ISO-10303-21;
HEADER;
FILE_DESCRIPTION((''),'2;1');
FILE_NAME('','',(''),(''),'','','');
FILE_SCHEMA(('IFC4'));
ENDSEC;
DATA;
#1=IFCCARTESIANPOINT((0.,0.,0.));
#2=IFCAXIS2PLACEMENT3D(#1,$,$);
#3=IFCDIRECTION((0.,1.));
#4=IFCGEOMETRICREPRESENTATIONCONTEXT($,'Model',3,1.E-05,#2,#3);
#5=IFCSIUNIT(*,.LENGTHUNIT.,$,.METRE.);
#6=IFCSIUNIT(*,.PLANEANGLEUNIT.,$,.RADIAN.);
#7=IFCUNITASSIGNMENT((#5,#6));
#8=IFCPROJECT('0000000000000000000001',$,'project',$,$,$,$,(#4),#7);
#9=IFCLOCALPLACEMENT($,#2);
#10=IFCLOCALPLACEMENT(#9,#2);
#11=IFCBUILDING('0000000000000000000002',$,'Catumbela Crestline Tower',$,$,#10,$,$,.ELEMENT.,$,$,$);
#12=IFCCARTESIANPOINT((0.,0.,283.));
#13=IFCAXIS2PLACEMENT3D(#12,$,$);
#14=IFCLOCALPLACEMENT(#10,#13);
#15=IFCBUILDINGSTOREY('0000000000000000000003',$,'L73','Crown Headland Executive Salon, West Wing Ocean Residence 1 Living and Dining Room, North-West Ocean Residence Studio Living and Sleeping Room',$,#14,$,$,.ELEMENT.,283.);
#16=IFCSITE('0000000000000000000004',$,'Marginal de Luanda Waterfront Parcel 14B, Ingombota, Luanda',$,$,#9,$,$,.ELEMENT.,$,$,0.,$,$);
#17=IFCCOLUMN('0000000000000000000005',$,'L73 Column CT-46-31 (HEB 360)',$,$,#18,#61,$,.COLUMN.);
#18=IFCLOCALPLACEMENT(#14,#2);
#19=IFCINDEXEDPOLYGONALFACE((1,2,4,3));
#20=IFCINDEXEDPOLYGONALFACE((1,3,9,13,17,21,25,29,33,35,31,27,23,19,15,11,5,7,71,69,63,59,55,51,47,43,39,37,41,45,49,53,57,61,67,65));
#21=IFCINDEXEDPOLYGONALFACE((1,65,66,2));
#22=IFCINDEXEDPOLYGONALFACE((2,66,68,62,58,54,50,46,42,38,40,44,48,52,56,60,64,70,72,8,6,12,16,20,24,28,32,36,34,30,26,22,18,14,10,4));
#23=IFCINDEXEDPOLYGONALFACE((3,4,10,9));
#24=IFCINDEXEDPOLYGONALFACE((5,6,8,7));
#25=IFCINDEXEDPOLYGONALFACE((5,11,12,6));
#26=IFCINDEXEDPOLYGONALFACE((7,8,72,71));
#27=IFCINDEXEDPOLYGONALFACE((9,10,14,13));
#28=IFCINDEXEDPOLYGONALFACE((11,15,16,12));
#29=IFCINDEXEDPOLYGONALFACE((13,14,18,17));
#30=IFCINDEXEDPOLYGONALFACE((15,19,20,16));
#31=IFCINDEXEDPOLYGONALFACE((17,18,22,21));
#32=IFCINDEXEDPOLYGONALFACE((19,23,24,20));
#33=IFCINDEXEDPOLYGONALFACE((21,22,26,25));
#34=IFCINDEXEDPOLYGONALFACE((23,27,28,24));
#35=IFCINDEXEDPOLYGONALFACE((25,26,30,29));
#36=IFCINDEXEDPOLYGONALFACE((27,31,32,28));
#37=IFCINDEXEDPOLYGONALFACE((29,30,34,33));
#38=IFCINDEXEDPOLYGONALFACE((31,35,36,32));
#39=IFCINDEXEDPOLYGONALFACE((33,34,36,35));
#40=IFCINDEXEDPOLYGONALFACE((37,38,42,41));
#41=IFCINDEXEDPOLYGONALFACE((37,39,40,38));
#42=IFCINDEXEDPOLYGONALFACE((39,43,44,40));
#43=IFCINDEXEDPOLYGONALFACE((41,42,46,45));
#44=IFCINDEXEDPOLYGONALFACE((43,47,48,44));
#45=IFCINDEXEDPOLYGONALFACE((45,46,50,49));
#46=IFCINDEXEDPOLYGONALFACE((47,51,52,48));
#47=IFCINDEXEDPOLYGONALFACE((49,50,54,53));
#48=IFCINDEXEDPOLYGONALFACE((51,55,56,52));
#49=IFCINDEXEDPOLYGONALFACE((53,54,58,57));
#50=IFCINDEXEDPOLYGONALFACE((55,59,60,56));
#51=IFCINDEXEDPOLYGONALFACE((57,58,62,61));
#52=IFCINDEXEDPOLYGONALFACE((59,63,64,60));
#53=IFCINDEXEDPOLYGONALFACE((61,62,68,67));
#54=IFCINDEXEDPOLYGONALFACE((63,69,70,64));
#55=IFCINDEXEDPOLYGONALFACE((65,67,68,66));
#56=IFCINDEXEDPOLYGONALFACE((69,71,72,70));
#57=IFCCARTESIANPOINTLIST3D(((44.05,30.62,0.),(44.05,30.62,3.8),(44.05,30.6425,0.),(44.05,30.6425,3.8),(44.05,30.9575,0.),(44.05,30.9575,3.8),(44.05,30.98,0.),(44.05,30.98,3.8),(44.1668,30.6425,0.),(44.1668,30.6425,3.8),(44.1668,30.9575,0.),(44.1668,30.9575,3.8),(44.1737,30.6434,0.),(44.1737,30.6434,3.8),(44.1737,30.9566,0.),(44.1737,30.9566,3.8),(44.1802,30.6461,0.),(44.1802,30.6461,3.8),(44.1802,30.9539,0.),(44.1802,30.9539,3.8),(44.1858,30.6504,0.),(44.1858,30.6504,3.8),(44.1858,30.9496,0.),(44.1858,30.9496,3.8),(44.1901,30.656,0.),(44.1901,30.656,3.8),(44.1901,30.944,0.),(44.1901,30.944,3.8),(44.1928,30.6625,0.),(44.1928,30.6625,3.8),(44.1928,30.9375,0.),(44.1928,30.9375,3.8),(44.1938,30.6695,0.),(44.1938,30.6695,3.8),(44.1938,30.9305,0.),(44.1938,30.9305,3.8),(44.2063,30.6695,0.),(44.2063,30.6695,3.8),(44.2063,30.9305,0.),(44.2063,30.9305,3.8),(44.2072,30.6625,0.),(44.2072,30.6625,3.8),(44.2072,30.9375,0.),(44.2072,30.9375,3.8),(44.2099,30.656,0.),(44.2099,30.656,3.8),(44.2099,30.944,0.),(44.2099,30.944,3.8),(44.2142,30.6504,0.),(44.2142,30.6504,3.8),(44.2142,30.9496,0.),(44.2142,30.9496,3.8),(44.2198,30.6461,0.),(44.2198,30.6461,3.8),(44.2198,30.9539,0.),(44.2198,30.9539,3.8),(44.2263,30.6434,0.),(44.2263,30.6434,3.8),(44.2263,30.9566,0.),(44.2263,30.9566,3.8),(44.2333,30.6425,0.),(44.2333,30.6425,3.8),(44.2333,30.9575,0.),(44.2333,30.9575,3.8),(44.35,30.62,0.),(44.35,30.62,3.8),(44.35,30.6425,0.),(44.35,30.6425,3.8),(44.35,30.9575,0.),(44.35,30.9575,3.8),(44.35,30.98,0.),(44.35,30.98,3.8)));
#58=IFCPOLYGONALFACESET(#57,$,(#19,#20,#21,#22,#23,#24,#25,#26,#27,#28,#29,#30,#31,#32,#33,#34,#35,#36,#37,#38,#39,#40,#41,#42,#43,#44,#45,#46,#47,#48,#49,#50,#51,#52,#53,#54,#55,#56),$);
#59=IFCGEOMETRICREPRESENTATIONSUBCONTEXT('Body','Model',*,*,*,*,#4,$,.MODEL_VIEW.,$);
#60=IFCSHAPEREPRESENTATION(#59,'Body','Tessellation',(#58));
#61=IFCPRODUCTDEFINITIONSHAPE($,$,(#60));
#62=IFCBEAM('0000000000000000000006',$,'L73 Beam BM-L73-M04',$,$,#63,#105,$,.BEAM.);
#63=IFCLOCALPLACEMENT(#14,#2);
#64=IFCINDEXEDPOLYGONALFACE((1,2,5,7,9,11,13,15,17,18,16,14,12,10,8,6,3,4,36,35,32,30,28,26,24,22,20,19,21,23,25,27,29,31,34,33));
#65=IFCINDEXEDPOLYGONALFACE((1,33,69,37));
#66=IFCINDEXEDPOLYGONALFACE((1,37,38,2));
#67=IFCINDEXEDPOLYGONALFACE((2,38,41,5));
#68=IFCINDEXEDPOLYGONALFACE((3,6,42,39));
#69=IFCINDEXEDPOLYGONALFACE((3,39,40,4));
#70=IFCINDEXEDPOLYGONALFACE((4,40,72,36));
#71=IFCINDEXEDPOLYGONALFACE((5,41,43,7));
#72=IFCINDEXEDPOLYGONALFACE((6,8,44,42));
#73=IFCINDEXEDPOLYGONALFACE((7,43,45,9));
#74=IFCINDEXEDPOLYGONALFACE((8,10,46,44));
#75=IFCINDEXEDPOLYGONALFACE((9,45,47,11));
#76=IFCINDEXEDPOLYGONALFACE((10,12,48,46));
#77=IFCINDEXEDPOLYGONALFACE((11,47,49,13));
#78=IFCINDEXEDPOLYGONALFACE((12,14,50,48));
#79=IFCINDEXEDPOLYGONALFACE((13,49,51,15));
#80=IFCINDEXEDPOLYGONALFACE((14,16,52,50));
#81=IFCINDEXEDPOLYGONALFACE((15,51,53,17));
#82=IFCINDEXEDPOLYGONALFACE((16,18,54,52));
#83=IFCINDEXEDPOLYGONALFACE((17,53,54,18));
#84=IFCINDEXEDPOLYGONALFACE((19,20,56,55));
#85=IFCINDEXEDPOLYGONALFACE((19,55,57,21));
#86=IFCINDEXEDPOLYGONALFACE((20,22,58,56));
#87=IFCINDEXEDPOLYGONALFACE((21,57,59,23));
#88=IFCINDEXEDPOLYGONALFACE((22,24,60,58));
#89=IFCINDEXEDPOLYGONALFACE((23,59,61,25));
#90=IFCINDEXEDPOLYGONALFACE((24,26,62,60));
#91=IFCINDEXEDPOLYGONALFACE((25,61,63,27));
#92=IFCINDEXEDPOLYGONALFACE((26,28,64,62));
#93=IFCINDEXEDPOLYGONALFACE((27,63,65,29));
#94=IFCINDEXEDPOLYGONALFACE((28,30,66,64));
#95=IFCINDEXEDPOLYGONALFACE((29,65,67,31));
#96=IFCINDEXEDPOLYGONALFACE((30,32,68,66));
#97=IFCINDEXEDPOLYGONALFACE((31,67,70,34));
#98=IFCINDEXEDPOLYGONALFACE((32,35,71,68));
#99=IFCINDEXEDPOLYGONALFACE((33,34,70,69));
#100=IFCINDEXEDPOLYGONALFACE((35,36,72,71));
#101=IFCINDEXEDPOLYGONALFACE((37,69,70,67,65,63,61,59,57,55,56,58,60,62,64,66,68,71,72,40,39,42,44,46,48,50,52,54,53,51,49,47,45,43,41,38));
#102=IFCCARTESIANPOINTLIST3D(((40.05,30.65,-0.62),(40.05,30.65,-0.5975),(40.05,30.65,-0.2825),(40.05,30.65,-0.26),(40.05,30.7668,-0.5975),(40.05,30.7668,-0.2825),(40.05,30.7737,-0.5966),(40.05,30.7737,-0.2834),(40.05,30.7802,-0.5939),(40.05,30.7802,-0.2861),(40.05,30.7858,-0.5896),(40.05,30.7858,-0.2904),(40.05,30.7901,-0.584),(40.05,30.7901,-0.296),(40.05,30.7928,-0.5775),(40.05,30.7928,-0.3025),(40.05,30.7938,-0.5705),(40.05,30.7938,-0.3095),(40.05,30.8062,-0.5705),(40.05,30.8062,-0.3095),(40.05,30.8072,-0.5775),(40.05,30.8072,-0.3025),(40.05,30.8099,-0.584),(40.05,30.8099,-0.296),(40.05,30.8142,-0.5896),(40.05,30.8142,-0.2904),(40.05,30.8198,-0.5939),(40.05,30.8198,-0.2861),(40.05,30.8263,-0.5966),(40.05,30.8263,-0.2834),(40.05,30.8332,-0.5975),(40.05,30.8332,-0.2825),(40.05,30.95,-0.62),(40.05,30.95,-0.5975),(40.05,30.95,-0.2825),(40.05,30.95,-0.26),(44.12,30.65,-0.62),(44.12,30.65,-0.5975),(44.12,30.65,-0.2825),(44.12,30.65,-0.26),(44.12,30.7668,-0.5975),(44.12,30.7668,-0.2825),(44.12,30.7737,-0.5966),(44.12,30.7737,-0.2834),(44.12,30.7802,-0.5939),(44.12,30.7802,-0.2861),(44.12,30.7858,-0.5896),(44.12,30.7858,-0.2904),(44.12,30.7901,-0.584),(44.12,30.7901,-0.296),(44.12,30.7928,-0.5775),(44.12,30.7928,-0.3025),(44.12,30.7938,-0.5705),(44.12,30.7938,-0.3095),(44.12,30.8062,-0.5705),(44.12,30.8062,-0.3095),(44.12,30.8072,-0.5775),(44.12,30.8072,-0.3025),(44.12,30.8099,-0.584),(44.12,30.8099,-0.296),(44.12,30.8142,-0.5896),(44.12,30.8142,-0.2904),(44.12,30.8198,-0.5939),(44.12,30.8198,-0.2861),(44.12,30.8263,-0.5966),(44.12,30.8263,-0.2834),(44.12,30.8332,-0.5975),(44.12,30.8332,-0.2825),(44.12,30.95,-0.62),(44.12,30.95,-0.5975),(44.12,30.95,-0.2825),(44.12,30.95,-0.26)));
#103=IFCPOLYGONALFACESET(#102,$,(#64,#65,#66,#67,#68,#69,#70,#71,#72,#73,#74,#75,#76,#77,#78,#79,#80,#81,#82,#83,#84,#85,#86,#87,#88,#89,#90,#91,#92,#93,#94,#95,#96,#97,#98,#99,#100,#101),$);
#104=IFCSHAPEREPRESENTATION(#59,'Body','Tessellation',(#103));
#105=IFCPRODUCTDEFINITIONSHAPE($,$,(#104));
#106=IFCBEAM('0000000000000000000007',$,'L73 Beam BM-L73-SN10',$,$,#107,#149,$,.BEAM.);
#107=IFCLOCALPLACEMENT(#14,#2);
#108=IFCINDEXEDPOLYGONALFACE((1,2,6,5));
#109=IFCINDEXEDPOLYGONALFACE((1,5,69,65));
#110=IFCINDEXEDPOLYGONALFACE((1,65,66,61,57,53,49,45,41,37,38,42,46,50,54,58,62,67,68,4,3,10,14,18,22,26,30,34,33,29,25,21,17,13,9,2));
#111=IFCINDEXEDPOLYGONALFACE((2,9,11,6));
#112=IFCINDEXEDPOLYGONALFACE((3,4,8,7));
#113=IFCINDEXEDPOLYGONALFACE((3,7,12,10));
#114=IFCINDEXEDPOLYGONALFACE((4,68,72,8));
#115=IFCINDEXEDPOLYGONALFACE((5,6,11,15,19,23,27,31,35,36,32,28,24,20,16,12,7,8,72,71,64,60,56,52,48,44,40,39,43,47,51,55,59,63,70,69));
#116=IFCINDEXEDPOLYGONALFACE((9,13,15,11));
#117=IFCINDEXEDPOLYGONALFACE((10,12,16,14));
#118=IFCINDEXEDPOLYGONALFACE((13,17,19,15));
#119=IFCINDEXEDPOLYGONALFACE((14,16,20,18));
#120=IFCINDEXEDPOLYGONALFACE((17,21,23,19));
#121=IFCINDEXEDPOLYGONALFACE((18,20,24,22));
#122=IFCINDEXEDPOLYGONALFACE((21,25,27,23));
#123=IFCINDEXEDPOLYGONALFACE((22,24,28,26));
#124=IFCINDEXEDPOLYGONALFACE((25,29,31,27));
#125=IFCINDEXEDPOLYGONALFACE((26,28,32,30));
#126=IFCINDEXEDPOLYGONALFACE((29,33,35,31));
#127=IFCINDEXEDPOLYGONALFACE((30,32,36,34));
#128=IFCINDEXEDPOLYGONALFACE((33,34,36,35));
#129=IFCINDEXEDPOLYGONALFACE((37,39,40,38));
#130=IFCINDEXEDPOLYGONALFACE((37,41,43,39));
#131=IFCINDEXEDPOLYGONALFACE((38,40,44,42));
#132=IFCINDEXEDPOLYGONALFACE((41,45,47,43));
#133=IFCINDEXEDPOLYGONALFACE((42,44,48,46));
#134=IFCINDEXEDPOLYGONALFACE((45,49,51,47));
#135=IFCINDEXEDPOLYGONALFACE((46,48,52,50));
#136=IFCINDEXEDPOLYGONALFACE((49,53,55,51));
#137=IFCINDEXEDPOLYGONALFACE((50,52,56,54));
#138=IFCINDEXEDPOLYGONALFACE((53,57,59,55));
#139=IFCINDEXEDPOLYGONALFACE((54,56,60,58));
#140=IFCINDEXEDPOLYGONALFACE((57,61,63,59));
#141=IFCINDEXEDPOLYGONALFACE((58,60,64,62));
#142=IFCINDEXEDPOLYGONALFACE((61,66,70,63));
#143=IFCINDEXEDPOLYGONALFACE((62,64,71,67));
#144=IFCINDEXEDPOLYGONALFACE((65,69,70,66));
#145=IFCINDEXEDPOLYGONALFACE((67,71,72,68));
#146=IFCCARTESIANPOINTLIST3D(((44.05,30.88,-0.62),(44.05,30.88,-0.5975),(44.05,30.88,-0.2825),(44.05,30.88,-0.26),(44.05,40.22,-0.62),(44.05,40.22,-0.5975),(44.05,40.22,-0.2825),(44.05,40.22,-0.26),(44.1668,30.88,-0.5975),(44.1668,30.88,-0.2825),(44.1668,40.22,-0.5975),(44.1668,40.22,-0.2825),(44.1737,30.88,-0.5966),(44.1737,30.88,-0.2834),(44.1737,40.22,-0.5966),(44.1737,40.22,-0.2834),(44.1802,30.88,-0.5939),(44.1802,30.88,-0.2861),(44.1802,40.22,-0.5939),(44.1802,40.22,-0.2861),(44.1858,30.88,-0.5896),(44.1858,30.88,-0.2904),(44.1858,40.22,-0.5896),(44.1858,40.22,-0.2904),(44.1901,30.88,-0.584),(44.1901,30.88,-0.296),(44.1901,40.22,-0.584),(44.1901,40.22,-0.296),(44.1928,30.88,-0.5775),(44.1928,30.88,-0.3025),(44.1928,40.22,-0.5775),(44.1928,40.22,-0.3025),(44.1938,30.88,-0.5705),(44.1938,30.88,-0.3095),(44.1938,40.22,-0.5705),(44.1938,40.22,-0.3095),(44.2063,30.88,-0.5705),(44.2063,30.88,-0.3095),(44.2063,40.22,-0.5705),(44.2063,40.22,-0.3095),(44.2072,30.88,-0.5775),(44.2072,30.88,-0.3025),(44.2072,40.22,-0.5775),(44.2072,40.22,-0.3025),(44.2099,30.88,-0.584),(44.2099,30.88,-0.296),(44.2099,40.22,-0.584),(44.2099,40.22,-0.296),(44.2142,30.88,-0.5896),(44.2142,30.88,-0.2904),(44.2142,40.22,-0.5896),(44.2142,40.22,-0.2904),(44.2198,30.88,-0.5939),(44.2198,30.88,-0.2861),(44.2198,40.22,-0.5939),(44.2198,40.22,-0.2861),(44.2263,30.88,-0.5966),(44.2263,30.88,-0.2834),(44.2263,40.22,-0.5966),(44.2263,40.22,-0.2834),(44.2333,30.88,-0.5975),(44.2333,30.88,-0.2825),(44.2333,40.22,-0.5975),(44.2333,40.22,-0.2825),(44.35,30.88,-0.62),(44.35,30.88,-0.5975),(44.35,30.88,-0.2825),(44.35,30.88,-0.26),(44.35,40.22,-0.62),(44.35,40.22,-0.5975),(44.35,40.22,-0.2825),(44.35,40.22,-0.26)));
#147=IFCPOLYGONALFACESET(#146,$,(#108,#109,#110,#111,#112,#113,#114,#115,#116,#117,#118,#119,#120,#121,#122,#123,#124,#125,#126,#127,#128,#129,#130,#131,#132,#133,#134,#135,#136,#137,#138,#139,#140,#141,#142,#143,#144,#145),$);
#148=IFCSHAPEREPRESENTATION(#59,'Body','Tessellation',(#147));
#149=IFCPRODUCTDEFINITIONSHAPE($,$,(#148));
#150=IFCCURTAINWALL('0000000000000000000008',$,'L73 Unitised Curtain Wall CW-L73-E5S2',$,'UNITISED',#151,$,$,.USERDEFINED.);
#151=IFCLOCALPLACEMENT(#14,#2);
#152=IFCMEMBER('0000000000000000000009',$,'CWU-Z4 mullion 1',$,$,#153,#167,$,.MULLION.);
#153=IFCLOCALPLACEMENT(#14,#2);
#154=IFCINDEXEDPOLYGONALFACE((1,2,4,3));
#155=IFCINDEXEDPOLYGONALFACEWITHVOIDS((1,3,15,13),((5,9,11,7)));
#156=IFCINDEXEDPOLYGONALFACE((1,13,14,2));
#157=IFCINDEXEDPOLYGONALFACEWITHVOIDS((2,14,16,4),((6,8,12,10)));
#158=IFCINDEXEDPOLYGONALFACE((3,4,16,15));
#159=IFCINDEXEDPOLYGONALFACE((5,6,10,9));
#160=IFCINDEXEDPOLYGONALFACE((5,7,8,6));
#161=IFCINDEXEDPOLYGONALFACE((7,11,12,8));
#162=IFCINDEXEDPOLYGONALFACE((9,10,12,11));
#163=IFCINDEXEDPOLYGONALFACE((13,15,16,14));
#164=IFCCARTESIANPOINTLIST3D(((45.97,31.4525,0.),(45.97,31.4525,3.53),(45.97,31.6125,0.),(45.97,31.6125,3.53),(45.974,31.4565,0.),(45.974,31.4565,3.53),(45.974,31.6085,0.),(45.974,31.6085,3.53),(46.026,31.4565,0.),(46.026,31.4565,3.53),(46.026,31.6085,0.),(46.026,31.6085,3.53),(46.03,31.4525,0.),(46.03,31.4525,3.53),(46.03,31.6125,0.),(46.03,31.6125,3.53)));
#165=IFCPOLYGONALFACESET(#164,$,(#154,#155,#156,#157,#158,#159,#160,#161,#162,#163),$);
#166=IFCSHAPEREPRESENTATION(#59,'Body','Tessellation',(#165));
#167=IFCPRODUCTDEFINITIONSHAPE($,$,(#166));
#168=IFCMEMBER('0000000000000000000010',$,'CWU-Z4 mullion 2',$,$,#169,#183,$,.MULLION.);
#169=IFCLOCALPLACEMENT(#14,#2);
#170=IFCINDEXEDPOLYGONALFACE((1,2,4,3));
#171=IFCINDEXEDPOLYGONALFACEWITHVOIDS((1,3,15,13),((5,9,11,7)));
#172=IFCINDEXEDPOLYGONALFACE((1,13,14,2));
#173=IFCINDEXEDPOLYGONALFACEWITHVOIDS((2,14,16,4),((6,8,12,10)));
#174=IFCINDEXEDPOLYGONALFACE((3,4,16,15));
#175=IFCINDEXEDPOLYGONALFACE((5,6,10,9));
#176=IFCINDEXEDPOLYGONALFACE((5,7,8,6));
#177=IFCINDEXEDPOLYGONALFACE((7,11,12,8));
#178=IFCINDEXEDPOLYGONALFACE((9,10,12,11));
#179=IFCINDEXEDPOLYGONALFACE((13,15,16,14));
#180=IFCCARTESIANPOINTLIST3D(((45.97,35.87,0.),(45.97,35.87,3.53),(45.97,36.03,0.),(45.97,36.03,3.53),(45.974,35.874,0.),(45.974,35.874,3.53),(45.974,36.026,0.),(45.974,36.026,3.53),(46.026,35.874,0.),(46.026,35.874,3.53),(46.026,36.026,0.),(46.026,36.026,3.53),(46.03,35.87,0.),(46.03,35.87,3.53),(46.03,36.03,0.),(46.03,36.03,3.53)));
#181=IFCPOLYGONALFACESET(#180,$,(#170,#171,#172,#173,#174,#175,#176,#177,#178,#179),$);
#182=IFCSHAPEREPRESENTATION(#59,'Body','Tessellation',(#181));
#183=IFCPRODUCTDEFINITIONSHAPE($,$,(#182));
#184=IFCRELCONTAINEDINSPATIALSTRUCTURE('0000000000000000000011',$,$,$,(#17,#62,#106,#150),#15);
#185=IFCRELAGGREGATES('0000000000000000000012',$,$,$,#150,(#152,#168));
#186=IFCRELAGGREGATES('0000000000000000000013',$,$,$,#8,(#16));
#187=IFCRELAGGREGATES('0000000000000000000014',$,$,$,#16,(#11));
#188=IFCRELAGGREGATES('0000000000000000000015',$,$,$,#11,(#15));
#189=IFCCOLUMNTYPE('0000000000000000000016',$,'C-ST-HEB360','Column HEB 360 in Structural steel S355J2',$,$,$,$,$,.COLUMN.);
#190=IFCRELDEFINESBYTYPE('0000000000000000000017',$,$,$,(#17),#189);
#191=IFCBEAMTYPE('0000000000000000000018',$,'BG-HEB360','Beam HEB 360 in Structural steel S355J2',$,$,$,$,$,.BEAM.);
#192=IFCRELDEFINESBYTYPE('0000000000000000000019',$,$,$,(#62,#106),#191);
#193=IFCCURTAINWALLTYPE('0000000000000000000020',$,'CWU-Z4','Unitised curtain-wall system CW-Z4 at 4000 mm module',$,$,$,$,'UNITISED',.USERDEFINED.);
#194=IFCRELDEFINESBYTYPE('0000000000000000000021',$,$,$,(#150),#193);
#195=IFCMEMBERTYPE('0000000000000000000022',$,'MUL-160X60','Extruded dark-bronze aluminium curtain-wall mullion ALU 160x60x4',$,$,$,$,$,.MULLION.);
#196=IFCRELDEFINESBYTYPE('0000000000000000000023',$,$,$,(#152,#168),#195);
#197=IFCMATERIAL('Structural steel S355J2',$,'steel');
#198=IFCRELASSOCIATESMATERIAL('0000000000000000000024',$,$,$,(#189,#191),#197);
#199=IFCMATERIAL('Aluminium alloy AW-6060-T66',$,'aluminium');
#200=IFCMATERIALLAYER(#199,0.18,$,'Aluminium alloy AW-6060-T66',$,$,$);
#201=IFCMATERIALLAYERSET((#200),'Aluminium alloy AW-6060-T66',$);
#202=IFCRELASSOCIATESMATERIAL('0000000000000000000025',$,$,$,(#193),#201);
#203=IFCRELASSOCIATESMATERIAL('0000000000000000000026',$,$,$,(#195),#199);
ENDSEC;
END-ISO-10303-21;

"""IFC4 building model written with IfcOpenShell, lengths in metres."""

from ifc_helpers import new_model, si_unit, direction, frame, origin, origin_2d, place, context, subcontext, project, spatial, hollow_rectangle, i_section, extrude, material, layer, layer_set, material_profile, profile_set, type_object, element, aggregate, save


model = new_model("IFC4")

# Units and contexts
model_context = context("Model", 3, precision=1e-05, world=origin(), true_north=direction((0.0, 1.0)))
body_context = subcontext(model_context, "Body", "Model", "MODEL_VIEW")
ifc_project = project(units=[si_unit("LENGTHUNIT", "METRE"), si_unit("PLANEANGLEUNIT", "RADIAN")], contexts=[model_context])

# Site, building, storey
site_placement = place(None, origin())
site = spatial("IfcSite", under=ifc_project, at=site_placement, Name="Marginal de Luanda Waterfront Parcel 14B, Ingombota, Luanda", CompositionType="ELEMENT", RefElevation=0.0)
building_placement = place(site_placement, origin())
building = spatial("IfcBuilding", under=site, at=building_placement, Name="Catumbela Crestline Tower", CompositionType="ELEMENT")
storey_placement = place(building_placement, frame((0.0, 0.0, 283.0)))
storey = spatial("IfcBuildingStorey", under=building, at=storey_placement, Name="L73", Description="Crown Headland Executive Salon, West Wing Ocean Residence 1 Living and Dining Room, North-West Ocean Residence Studio Living and Sleeping Room", CompositionType="ELEMENT", Elevation=283.0)

# Column
ifc_material_1 = material(Name="Structural steel S355J2", Category="steel")
ifc_material_profile_1 = material_profile(ifc_material_1, i_section(OverallWidth=0.3, OverallDepth=0.36, WebThickness=0.0125, FlangeThickness=0.0225, FilletRadius=0.027, at=origin_2d()), Name="HEB 360")
ifc_profile_set_1 = profile_set([ifc_material_profile_1], Name="Structural steel S355J2")
column_type = type_object("IfcColumnType", Name="C-ST-HEB360", Description="Column HEB 360 in Structural steel S355J2", PredefinedType="COLUMN", material=ifc_profile_set_1)
column_placement = place(storey_placement, frame((44.2, 30.8, 0.0), z_axis=(0.0, 0.0, 1.0), x_axis=(1.0, 0.0, 0.0)))
element("IfcColumn", 1, at=column_placement, inside=storey, type_object=column_type, Name="L73 Column CT-46-31 (HEB 360)", PredefinedType="COLUMN", context=body_context, shape_type="SweptSolid", body=[
    extrude(i_section(OverallWidth=0.3, OverallDepth=0.36, WebThickness=0.0125, FlangeThickness=0.0225, FilletRadius=0.027, at=origin_2d()), origin(), (0.0, 0.0, 1.0), 3.8),
])

# Beams
ifc_material_profile_2 = material_profile(ifc_material_1, i_section(OverallWidth=0.3, OverallDepth=0.36, WebThickness=0.0125, FlangeThickness=0.0225, FilletRadius=0.027, at=origin_2d()), Name="HEB 360")
ifc_profile_set_2 = profile_set([ifc_material_profile_2], Name="Structural steel S355J2")
beam_type = type_object("IfcBeamType", Name="BG-HEB360", Description="Beam HEB 360 in Structural steel S355J2", PredefinedType="BEAM", material=ifc_profile_set_2)
beam_1_placement = place(storey_placement, frame((40.05, 30.8, -0.44), z_axis=(1.0, 0.0, 0.0), x_axis=(0.0, 1.0, 0.0)))
element("IfcBeam", 2, at=beam_1_placement, inside=storey, type_object=beam_type, Name="L73 Beam BM-L73-M04", PredefinedType="BEAM", context=body_context, shape_type="SweptSolid", body=[
    extrude(i_section(OverallWidth=0.3, OverallDepth=0.36, WebThickness=0.0125, FlangeThickness=0.0225, FilletRadius=0.027, at=origin_2d()), origin(), (0.0, 0.0, 1.0), 4.07),
])
beam_2_placement = place(storey_placement, frame((44.2, 30.88, -0.44), z_axis=(0.0, 1.0, 0.0), x_axis=(-1.0, 0.0, 0.0)))
element("IfcBeam", 3, at=beam_2_placement, inside=storey, type_object=beam_type, Name="L73 Beam BM-L73-SN10", PredefinedType="BEAM", context=body_context, shape_type="SweptSolid", body=[
    extrude(i_section(OverallWidth=0.3, OverallDepth=0.36, WebThickness=0.0125, FlangeThickness=0.0225, FilletRadius=0.027, at=origin_2d()), origin(), (0.0, 0.0, 1.0), 9.34),
])

# Curtain wall, members
ifc_material_2 = material(Name="Aluminium alloy AW-6060-T66", Category="aluminium")
ifc_layer_1 = layer(ifc_material_2, 0.18, Name="Aluminium alloy AW-6060-T66")
ifc_layer_set_1 = layer_set([ifc_layer_1], Name="Aluminium alloy AW-6060-T66")
curtain_wall_type = type_object("IfcCurtainWallType", Name="CWU-Z4", Description="Unitised curtain-wall system CW-Z4 at 4000 mm module", ElementType="UNITISED", PredefinedType="USERDEFINED", material=ifc_layer_set_1)
curtain_wall_placement = place(storey_placement, origin())
curtain_wall = element("IfcCurtainWall", 4, at=curtain_wall_placement, inside=storey, type_object=curtain_wall_type, Name="L73 Unitised Curtain Wall CW-L73-E5S2", ObjectType="UNITISED", PredefinedType="USERDEFINED")
ifc_material_profile_3 = material_profile(ifc_material_2, hollow_rectangle(XDim=0.06, YDim=0.16, WallThickness=0.004, at=origin_2d()), Name="ALU 160x60x4")
ifc_profile_set_3 = profile_set([ifc_material_profile_3], Name="Aluminium alloy AW-6060-T66")
member_type_1 = type_object("IfcMemberType", Name="MUL-160X60", Description="Extruded dark-bronze aluminium curtain-wall mullion ALU 160x60x4", PredefinedType="MULLION", material=ifc_profile_set_3)
member_1_placement = place(storey_placement, frame((46.0, 31.5325, 0.0), z_axis=(0.0, 0.0, 1.0), x_axis=(-1.0, 0.0, 0.0)))
member_1 = element("IfcMember", 5, at=member_1_placement, type_object=member_type_1, Name="CWU-Z4 mullion 1", PredefinedType="MULLION", context=body_context, shape_type="SweptSolid", body=[
    extrude(hollow_rectangle(XDim=0.06, YDim=0.16, WallThickness=0.004, at=origin_2d()), origin(), (0.0, 0.0, 1.0), 3.53),
])
member_2_placement = place(storey_placement, frame((46.0, 35.95, 0.0), z_axis=(0.0, 0.0, 1.0), x_axis=(-1.0, 0.0, 0.0)))
member_2 = element("IfcMember", 6, at=member_2_placement, type_object=member_type_1, Name="CWU-Z4 mullion 2", PredefinedType="MULLION", context=body_context, shape_type="SweptSolid", body=[
    extrude(hollow_rectangle(XDim=0.06, YDim=0.16, WallThickness=0.004, at=origin_2d()), origin(), (0.0, 0.0, 1.0), 3.53),
])
aggregate(curtain_wall, [member_1, member_2])

save(model, "model.ifc")
